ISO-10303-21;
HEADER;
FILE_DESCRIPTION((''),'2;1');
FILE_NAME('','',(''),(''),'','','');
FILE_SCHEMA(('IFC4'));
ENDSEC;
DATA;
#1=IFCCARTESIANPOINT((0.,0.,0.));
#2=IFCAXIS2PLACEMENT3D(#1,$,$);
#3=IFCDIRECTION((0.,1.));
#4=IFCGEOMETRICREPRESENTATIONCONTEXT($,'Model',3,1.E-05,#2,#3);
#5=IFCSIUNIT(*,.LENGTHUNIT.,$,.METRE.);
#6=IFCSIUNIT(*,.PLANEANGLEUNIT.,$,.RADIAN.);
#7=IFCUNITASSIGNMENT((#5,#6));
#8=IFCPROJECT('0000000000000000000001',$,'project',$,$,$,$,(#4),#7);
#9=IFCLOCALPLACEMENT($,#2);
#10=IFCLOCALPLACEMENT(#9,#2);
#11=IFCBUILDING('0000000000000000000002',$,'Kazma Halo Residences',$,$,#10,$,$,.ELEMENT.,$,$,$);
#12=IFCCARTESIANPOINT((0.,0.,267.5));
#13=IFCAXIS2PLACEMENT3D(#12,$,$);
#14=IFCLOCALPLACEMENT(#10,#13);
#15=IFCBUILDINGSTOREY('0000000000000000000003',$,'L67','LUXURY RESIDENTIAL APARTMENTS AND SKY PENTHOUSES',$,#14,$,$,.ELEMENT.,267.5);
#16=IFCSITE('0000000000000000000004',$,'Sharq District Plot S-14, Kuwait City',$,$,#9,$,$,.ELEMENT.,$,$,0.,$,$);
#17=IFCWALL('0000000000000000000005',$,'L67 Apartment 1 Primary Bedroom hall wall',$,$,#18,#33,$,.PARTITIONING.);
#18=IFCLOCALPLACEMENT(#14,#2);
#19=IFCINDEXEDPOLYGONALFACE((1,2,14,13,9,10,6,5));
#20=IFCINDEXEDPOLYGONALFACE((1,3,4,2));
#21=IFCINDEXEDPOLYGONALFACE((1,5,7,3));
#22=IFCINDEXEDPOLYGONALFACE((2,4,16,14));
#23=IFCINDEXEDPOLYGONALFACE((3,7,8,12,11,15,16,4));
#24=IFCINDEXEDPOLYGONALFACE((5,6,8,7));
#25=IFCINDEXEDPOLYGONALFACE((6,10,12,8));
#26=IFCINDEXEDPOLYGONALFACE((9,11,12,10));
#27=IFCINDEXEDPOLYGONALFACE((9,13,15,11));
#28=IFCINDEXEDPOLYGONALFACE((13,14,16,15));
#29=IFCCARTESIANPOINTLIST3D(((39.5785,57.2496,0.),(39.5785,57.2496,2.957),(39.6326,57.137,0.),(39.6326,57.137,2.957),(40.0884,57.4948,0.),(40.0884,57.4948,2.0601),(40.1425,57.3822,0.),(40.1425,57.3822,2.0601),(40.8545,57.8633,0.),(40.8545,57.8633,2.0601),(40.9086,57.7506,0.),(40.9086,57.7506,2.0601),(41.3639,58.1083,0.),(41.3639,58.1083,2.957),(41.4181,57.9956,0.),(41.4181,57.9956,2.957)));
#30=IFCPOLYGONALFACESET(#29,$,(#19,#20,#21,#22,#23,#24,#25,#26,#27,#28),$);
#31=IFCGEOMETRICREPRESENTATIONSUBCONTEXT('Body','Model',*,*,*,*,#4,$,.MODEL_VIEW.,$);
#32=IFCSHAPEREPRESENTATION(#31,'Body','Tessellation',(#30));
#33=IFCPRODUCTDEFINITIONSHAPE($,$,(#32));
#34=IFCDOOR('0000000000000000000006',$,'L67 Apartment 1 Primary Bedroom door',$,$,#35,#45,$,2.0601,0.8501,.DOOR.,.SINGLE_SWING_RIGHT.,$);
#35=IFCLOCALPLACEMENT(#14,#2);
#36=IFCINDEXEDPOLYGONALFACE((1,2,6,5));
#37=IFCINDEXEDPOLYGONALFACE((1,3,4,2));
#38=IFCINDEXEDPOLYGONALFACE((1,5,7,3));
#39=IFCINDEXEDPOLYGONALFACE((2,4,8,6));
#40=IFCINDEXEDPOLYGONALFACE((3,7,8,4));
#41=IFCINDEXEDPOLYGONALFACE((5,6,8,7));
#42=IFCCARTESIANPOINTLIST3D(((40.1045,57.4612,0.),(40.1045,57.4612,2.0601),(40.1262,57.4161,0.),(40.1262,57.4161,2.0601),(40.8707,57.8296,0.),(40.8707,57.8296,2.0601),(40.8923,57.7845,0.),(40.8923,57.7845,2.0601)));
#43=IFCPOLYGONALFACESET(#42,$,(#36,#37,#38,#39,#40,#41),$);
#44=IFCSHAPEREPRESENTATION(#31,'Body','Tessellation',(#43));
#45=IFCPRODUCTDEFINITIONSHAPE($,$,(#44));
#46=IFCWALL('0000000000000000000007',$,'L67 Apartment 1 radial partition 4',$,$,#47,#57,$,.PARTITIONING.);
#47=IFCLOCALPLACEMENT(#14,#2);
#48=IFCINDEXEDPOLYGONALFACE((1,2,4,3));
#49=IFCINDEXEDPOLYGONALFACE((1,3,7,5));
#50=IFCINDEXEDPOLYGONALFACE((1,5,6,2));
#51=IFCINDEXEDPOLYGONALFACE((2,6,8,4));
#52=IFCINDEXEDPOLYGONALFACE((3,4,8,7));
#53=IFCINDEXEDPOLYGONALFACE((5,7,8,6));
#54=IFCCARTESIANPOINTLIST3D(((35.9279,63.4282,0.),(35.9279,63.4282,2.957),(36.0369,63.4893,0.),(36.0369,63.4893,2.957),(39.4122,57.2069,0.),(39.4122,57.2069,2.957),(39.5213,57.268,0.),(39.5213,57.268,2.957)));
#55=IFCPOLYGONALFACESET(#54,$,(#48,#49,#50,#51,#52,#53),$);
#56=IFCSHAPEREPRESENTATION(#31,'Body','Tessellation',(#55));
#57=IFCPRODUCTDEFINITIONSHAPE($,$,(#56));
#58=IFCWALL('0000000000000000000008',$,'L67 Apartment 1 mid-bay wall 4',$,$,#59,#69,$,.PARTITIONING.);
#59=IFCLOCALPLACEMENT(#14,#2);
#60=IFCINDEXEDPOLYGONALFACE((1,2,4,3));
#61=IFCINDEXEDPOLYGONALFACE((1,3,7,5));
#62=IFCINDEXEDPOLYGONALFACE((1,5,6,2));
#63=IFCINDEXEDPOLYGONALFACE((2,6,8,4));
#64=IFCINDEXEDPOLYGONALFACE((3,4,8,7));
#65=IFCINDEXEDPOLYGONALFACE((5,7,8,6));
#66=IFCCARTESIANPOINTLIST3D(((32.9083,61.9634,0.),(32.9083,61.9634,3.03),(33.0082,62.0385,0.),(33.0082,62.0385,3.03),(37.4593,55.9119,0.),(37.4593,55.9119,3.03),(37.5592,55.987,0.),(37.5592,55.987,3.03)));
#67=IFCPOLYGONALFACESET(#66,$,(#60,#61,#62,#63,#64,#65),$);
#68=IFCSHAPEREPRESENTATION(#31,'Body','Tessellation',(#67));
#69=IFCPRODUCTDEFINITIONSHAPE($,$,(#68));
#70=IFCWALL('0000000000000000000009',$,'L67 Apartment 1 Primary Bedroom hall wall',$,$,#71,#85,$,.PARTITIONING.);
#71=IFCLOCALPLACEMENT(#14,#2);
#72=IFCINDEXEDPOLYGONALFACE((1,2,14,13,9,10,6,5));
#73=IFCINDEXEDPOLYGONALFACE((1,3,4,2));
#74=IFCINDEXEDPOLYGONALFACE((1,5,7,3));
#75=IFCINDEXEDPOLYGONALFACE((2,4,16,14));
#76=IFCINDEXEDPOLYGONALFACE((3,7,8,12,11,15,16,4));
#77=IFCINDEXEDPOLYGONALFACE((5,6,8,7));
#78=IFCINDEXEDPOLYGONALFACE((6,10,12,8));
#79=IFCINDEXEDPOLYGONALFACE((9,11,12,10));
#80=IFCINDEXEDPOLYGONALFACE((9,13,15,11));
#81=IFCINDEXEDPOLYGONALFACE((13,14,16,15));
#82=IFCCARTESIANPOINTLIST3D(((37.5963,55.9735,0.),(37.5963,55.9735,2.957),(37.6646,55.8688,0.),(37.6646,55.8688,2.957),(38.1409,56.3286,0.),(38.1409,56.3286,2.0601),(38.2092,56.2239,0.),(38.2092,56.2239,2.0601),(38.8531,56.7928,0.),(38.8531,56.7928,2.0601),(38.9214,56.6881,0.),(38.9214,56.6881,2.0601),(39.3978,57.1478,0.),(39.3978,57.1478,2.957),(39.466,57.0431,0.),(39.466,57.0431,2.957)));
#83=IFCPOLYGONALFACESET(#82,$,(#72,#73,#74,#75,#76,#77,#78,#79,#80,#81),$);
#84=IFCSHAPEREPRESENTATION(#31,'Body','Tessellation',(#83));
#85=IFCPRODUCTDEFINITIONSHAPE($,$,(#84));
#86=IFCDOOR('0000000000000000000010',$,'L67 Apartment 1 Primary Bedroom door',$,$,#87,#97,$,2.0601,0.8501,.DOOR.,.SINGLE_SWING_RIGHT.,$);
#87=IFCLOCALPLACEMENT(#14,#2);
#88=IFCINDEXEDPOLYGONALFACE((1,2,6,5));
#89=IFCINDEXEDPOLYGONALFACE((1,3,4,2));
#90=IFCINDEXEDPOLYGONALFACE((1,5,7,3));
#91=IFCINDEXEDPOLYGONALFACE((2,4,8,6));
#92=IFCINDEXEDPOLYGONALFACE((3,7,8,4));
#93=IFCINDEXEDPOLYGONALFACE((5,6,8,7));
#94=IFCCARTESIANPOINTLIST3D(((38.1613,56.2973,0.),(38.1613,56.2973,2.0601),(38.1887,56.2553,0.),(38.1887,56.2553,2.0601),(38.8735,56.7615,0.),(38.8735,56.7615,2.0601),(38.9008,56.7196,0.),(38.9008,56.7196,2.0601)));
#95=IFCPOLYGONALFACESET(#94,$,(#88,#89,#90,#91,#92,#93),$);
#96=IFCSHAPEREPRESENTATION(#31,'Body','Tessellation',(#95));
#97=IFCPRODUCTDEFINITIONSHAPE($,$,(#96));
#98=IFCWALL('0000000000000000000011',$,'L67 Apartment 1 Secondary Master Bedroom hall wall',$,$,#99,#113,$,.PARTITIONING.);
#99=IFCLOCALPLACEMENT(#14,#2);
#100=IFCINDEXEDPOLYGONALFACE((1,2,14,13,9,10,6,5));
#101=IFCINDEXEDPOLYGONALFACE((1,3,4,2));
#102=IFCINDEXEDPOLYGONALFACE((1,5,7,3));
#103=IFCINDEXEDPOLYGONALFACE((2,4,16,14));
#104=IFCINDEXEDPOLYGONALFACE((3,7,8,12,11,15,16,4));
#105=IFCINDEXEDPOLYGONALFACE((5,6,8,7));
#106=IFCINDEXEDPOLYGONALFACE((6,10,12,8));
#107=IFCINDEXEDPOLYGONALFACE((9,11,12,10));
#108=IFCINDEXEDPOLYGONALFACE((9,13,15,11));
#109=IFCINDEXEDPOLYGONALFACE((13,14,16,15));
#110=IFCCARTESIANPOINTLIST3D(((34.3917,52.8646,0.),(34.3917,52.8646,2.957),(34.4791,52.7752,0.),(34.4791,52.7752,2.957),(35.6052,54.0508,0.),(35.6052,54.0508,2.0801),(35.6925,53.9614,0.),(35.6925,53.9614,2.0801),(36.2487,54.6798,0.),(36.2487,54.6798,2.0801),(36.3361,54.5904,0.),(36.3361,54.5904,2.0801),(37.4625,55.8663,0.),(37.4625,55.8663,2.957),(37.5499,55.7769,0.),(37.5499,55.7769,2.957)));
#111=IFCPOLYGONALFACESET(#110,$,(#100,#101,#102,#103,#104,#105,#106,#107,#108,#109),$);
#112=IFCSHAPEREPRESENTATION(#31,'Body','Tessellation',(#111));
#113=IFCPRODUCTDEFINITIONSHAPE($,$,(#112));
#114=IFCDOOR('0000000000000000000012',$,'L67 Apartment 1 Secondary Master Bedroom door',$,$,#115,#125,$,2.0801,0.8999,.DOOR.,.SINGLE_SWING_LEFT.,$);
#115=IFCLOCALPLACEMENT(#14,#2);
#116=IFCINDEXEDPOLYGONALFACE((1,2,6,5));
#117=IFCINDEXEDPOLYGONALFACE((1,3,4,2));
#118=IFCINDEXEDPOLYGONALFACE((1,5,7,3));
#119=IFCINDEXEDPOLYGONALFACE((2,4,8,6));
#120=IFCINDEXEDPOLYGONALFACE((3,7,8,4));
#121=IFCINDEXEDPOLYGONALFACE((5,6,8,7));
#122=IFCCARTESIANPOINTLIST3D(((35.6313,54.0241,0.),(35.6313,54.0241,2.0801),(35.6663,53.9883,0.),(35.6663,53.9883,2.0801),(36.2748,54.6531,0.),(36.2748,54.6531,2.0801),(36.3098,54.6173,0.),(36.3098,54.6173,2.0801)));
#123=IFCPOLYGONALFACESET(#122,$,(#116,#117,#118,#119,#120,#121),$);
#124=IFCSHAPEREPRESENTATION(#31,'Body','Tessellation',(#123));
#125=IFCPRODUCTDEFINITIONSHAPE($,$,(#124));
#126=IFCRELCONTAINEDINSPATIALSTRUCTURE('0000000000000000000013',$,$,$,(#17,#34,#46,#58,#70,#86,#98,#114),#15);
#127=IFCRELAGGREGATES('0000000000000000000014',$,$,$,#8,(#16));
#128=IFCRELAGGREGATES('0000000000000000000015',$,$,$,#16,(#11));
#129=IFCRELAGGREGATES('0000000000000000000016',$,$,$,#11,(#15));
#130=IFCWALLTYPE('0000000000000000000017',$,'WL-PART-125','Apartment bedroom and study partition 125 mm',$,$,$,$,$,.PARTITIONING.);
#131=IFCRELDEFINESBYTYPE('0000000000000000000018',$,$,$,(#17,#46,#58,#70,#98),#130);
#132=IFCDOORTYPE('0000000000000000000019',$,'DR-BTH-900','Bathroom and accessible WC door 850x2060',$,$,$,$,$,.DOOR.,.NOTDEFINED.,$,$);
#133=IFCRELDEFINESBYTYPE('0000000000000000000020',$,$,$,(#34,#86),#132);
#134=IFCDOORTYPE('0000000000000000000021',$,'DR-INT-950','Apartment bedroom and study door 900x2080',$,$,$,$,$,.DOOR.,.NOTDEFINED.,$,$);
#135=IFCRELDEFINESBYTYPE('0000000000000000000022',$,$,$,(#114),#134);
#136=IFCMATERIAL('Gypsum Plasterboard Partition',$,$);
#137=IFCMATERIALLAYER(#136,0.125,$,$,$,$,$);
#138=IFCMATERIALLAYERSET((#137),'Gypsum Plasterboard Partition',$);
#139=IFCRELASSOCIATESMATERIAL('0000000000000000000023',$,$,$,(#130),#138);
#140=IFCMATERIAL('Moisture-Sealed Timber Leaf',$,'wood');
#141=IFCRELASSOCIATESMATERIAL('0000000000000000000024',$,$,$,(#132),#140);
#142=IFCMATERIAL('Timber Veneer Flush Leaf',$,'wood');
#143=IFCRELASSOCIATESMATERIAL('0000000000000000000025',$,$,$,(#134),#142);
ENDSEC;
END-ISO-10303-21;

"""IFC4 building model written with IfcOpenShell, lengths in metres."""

from ifc_helpers import new_model, si_unit, direction, frame, frame_2d, origin, place, context, subcontext, project, spatial, rectangle, extrude, material, layer, layer_set, type_object, element, fill, save


model = new_model("IFC4")

# Units and contexts
model_context = context("Model", 3, precision=1e-05, world=origin(), true_north=direction((0.0, 1.0)))
body_context = subcontext(model_context, "Body", "Model", "MODEL_VIEW")
ifc_project = project(units=[si_unit("LENGTHUNIT", "METRE"), si_unit("PLANEANGLEUNIT", "RADIAN")], contexts=[model_context])

# Site, building, storey
site_placement = place(None, origin())
site = spatial("IfcSite", under=ifc_project, at=site_placement, Name="Sharq District Plot S-14, Kuwait City", CompositionType="ELEMENT", RefElevation=0.0)
building_placement = place(site_placement, origin())
building = spatial("IfcBuilding", under=site, at=building_placement, Name="Kazma Halo Residences", CompositionType="ELEMENT")
storey_placement = place(building_placement, frame((0.0, 0.0, 267.5)))
storey = spatial("IfcBuildingStorey", under=building, at=storey_placement, Name="L67", Description="LUXURY RESIDENTIAL APARTMENTS AND SKY PENTHOUSES", CompositionType="ELEMENT", Elevation=267.5)

# Shared definitions
ifc_material_1 = material(Name="Gypsum Plasterboard Partition")
ifc_layer_1 = layer(ifc_material_1, 0.125)
ifc_layer_set_1 = layer_set([ifc_layer_1], Name="Gypsum Plasterboard Partition")
wall_type_1 = type_object("IfcWallType", Name="WL-PART-125", Description="Apartment bedroom and study partition 125 mm", PredefinedType="PARTITIONING", material=ifc_layer_set_1)

# Wall, opening, door
ifc_material_2 = material(Name="Moisture-Sealed Timber Leaf", Category="wood")
door_type_1 = type_object("IfcDoorType", Name="DR-BTH-900", Description="Bathroom and accessible WC door 850x2060", OperationType="NOTDEFINED", PredefinedType="DOOR", material=ifc_material_2)
wall_1_placement = place(storey_placement, frame((41.3911, 58.052, 0.0), z_axis=(0.0, 0.0, 1.0), x_axis=(-0.901198, -0.433408, 0.0)))
wall_1 = element("IfcWall", 1, at=wall_1_placement, inside=storey, type_object=wall_type_1, Name="L67 Apartment 1 Primary Bedroom hall wall", PredefinedType="PARTITIONING", context=body_context, shape_type="SweptSolid", body=[
    extrude(rectangle(XDim=1.9812, YDim=0.125, at=frame_2d((0.9907, 0.0))), origin(), (0.0, 0.0, 1.0), 2.957),
])
opening_1_placement = place(wall_1_placement, frame((0.5654, 0.0, 0.0)))
opening_1 = element("IfcOpeningElement", 2, at=opening_1_placement, cuts=wall_1, PredefinedType="OPENING", context=body_context, shape_type="SweptSolid", body=[
    extrude(rectangle(XDim=0.8501, YDim=2.0601, at=frame_2d((0.425, 1.03))), frame((0.0, 0.0725, 0.0), z_axis=(0.0, -1.0, 0.0), x_axis=(1.0, 0.0, 0.0)), (0.0, 0.0, 1.0), 0.145),
])
door_1_placement = place(opening_1_placement, origin())
door_1 = element("IfcDoor", 3, at=door_1_placement, inside=storey, type_object=door_type_1, Name="L67 Apartment 1 Primary Bedroom door", OperationType="SINGLE_SWING_RIGHT", OverallHeight=2.0601, OverallWidth=0.8501, PredefinedType="DOOR", context=body_context, shape_type="SweptSolid", body=[
    extrude(rectangle(XDim=0.8501, YDim=2.0601, at=frame_2d((0.425, 1.03))), frame((0.0, 0.0249, 0.0), z_axis=(0.0, -1.0, 0.0), x_axis=(1.0, 0.0, 0.0)), (0.0, 0.0, 1.0), 0.05),
])
fill(opening_1, door_1)

# Walls
wall_2_placement = place(storey_placement, frame((39.4668, 57.2373, 0.0), z_axis=(0.0, 0.0, 1.0), x_axis=(-0.488643, 0.872484, 0.0)))
element("IfcWall", 4, at=wall_2_placement, inside=storey, type_object=wall_type_1, Name="L67 Apartment 1 radial partition 4", PredefinedType="PARTITIONING", context=body_context, shape_type="SweptSolid", body=[
    extrude(rectangle(XDim=7.1306, YDim=0.125, at=frame_2d((3.5654, 0.0))), origin(), (0.0, 0.0, 1.0), 2.957),
])
wall_3_placement = place(storey_placement, frame((37.5093, 55.9495, 0.0), z_axis=(0.0, 0.0, 1.0), x_axis=(-0.601047, 0.799214, 0.0)))
element("IfcWall", 5, at=wall_3_placement, inside=storey, type_object=wall_type_1, Name="L67 Apartment 1 mid-bay wall 4", PredefinedType="PARTITIONING", context=body_context, shape_type="SweptSolid", body=[
    extrude(rectangle(XDim=7.5718, YDim=0.125, at=frame_2d((3.7859, 0.0))), origin(), (0.0, 0.0, 1.0), 3.03),
])

# Walls, openings, doors
wall_4_placement = place(storey_placement, frame((39.4319, 57.0955, 0.0), z_axis=(0.0, 0.0, 1.0), x_axis=(-0.837735, -0.546077, 0.0)))
wall_4 = element("IfcWall", 6, at=wall_4_placement, inside=storey, type_object=wall_type_1, Name="L67 Apartment 1 Primary Bedroom hall wall", PredefinedType="PARTITIONING", context=body_context, shape_type="SweptSolid", body=[
    extrude(rectangle(XDim=2.1504, YDim=0.125, at=frame_2d((1.0752, 0.0))), origin(), (0.0, 0.0, 1.0), 2.957),
])
opening_2_placement = place(wall_4_placement, frame((0.6501, 0.0, 0.0)))
opening_2 = element("IfcOpeningElement", 7, at=opening_2_placement, cuts=wall_4, PredefinedType="OPENING", context=body_context, shape_type="SweptSolid", body=[
    extrude(rectangle(XDim=0.8501, YDim=2.0601, at=frame_2d((0.425, 1.03))), frame((0.0, 0.0725, 0.0), z_axis=(0.0, -1.0, 0.0), x_axis=(1.0, 0.0, 0.0)), (0.0, 0.0, 1.0), 0.145),
])
door_2_placement = place(opening_2_placement, origin())
door_2 = element("IfcDoor", 8, at=door_2_placement, inside=storey, type_object=door_type_1, Name="L67 Apartment 1 Primary Bedroom door", OperationType="SINGLE_SWING_RIGHT", OverallHeight=2.0601, OverallWidth=0.8501, PredefinedType="DOOR", context=body_context, shape_type="SweptSolid", body=[
    extrude(rectangle(XDim=0.8501, YDim=2.0601, at=frame_2d((0.425, 1.03))), frame((0.0, 0.0249, 0.0), z_axis=(0.0, -1.0, 0.0), x_axis=(1.0, 0.0, 0.0)), (0.0, 0.0, 1.0), 0.05),
])
fill(opening_2, door_2)
wall_5_placement = place(storey_placement, frame((37.5061, 55.8215, 0.0), z_axis=(0.0, 0.0, 1.0), x_axis=(-0.715106, -0.699016, 0.0)))
wall_5 = element("IfcWall", 9, at=wall_5_placement, inside=storey, type_object=wall_type_1, Name="L67 Apartment 1 Secondary Master Bedroom hall wall", PredefinedType="PARTITIONING", context=body_context, shape_type="SweptSolid", body=[
    extrude(rectangle(XDim=4.2942, YDim=0.125, at=frame_2d((2.147, 0.0))), origin(), (0.0, 0.0, 1.0), 2.957),
])
opening_3_placement = place(wall_5_placement, frame((1.6973, 0.0, 0.0)))
opening_3 = element("IfcOpeningElement", 10, at=opening_3_placement, cuts=wall_5, PredefinedType="OPENING", context=body_context, shape_type="SweptSolid", body=[
    extrude(rectangle(XDim=0.8999, YDim=2.0801, at=frame_2d((0.45, 1.04))), frame((0.0, 0.0725, 0.0), z_axis=(0.0, -1.0, 0.0), x_axis=(1.0, 0.0, 0.0)), (0.0, 0.0, 1.0), 0.145),
])
ifc_material_3 = material(Name="Timber Veneer Flush Leaf", Category="wood")
door_type_2 = type_object("IfcDoorType", Name="DR-INT-950", Description="Apartment bedroom and study door 900x2080", OperationType="NOTDEFINED", PredefinedType="DOOR", material=ifc_material_3)
door_3_placement = place(opening_3_placement, origin())
door_3 = element("IfcDoor", 11, at=door_3_placement, inside=storey, type_object=door_type_2, Name="L67 Apartment 1 Secondary Master Bedroom door", OperationType="SINGLE_SWING_LEFT", OverallHeight=2.0801, OverallWidth=0.8999, PredefinedType="DOOR", context=body_context, shape_type="SweptSolid", body=[
    extrude(rectangle(XDim=0.8999, YDim=2.0801, at=frame_2d((0.45, 1.04))), frame((0.0, 0.0249, 0.0), z_axis=(0.0, -1.0, 0.0), x_axis=(1.0, 0.0, 0.0)), (0.0, 0.0, 1.0), 0.05),
])
fill(opening_3, door_3)

save(model, "model.ifc")
